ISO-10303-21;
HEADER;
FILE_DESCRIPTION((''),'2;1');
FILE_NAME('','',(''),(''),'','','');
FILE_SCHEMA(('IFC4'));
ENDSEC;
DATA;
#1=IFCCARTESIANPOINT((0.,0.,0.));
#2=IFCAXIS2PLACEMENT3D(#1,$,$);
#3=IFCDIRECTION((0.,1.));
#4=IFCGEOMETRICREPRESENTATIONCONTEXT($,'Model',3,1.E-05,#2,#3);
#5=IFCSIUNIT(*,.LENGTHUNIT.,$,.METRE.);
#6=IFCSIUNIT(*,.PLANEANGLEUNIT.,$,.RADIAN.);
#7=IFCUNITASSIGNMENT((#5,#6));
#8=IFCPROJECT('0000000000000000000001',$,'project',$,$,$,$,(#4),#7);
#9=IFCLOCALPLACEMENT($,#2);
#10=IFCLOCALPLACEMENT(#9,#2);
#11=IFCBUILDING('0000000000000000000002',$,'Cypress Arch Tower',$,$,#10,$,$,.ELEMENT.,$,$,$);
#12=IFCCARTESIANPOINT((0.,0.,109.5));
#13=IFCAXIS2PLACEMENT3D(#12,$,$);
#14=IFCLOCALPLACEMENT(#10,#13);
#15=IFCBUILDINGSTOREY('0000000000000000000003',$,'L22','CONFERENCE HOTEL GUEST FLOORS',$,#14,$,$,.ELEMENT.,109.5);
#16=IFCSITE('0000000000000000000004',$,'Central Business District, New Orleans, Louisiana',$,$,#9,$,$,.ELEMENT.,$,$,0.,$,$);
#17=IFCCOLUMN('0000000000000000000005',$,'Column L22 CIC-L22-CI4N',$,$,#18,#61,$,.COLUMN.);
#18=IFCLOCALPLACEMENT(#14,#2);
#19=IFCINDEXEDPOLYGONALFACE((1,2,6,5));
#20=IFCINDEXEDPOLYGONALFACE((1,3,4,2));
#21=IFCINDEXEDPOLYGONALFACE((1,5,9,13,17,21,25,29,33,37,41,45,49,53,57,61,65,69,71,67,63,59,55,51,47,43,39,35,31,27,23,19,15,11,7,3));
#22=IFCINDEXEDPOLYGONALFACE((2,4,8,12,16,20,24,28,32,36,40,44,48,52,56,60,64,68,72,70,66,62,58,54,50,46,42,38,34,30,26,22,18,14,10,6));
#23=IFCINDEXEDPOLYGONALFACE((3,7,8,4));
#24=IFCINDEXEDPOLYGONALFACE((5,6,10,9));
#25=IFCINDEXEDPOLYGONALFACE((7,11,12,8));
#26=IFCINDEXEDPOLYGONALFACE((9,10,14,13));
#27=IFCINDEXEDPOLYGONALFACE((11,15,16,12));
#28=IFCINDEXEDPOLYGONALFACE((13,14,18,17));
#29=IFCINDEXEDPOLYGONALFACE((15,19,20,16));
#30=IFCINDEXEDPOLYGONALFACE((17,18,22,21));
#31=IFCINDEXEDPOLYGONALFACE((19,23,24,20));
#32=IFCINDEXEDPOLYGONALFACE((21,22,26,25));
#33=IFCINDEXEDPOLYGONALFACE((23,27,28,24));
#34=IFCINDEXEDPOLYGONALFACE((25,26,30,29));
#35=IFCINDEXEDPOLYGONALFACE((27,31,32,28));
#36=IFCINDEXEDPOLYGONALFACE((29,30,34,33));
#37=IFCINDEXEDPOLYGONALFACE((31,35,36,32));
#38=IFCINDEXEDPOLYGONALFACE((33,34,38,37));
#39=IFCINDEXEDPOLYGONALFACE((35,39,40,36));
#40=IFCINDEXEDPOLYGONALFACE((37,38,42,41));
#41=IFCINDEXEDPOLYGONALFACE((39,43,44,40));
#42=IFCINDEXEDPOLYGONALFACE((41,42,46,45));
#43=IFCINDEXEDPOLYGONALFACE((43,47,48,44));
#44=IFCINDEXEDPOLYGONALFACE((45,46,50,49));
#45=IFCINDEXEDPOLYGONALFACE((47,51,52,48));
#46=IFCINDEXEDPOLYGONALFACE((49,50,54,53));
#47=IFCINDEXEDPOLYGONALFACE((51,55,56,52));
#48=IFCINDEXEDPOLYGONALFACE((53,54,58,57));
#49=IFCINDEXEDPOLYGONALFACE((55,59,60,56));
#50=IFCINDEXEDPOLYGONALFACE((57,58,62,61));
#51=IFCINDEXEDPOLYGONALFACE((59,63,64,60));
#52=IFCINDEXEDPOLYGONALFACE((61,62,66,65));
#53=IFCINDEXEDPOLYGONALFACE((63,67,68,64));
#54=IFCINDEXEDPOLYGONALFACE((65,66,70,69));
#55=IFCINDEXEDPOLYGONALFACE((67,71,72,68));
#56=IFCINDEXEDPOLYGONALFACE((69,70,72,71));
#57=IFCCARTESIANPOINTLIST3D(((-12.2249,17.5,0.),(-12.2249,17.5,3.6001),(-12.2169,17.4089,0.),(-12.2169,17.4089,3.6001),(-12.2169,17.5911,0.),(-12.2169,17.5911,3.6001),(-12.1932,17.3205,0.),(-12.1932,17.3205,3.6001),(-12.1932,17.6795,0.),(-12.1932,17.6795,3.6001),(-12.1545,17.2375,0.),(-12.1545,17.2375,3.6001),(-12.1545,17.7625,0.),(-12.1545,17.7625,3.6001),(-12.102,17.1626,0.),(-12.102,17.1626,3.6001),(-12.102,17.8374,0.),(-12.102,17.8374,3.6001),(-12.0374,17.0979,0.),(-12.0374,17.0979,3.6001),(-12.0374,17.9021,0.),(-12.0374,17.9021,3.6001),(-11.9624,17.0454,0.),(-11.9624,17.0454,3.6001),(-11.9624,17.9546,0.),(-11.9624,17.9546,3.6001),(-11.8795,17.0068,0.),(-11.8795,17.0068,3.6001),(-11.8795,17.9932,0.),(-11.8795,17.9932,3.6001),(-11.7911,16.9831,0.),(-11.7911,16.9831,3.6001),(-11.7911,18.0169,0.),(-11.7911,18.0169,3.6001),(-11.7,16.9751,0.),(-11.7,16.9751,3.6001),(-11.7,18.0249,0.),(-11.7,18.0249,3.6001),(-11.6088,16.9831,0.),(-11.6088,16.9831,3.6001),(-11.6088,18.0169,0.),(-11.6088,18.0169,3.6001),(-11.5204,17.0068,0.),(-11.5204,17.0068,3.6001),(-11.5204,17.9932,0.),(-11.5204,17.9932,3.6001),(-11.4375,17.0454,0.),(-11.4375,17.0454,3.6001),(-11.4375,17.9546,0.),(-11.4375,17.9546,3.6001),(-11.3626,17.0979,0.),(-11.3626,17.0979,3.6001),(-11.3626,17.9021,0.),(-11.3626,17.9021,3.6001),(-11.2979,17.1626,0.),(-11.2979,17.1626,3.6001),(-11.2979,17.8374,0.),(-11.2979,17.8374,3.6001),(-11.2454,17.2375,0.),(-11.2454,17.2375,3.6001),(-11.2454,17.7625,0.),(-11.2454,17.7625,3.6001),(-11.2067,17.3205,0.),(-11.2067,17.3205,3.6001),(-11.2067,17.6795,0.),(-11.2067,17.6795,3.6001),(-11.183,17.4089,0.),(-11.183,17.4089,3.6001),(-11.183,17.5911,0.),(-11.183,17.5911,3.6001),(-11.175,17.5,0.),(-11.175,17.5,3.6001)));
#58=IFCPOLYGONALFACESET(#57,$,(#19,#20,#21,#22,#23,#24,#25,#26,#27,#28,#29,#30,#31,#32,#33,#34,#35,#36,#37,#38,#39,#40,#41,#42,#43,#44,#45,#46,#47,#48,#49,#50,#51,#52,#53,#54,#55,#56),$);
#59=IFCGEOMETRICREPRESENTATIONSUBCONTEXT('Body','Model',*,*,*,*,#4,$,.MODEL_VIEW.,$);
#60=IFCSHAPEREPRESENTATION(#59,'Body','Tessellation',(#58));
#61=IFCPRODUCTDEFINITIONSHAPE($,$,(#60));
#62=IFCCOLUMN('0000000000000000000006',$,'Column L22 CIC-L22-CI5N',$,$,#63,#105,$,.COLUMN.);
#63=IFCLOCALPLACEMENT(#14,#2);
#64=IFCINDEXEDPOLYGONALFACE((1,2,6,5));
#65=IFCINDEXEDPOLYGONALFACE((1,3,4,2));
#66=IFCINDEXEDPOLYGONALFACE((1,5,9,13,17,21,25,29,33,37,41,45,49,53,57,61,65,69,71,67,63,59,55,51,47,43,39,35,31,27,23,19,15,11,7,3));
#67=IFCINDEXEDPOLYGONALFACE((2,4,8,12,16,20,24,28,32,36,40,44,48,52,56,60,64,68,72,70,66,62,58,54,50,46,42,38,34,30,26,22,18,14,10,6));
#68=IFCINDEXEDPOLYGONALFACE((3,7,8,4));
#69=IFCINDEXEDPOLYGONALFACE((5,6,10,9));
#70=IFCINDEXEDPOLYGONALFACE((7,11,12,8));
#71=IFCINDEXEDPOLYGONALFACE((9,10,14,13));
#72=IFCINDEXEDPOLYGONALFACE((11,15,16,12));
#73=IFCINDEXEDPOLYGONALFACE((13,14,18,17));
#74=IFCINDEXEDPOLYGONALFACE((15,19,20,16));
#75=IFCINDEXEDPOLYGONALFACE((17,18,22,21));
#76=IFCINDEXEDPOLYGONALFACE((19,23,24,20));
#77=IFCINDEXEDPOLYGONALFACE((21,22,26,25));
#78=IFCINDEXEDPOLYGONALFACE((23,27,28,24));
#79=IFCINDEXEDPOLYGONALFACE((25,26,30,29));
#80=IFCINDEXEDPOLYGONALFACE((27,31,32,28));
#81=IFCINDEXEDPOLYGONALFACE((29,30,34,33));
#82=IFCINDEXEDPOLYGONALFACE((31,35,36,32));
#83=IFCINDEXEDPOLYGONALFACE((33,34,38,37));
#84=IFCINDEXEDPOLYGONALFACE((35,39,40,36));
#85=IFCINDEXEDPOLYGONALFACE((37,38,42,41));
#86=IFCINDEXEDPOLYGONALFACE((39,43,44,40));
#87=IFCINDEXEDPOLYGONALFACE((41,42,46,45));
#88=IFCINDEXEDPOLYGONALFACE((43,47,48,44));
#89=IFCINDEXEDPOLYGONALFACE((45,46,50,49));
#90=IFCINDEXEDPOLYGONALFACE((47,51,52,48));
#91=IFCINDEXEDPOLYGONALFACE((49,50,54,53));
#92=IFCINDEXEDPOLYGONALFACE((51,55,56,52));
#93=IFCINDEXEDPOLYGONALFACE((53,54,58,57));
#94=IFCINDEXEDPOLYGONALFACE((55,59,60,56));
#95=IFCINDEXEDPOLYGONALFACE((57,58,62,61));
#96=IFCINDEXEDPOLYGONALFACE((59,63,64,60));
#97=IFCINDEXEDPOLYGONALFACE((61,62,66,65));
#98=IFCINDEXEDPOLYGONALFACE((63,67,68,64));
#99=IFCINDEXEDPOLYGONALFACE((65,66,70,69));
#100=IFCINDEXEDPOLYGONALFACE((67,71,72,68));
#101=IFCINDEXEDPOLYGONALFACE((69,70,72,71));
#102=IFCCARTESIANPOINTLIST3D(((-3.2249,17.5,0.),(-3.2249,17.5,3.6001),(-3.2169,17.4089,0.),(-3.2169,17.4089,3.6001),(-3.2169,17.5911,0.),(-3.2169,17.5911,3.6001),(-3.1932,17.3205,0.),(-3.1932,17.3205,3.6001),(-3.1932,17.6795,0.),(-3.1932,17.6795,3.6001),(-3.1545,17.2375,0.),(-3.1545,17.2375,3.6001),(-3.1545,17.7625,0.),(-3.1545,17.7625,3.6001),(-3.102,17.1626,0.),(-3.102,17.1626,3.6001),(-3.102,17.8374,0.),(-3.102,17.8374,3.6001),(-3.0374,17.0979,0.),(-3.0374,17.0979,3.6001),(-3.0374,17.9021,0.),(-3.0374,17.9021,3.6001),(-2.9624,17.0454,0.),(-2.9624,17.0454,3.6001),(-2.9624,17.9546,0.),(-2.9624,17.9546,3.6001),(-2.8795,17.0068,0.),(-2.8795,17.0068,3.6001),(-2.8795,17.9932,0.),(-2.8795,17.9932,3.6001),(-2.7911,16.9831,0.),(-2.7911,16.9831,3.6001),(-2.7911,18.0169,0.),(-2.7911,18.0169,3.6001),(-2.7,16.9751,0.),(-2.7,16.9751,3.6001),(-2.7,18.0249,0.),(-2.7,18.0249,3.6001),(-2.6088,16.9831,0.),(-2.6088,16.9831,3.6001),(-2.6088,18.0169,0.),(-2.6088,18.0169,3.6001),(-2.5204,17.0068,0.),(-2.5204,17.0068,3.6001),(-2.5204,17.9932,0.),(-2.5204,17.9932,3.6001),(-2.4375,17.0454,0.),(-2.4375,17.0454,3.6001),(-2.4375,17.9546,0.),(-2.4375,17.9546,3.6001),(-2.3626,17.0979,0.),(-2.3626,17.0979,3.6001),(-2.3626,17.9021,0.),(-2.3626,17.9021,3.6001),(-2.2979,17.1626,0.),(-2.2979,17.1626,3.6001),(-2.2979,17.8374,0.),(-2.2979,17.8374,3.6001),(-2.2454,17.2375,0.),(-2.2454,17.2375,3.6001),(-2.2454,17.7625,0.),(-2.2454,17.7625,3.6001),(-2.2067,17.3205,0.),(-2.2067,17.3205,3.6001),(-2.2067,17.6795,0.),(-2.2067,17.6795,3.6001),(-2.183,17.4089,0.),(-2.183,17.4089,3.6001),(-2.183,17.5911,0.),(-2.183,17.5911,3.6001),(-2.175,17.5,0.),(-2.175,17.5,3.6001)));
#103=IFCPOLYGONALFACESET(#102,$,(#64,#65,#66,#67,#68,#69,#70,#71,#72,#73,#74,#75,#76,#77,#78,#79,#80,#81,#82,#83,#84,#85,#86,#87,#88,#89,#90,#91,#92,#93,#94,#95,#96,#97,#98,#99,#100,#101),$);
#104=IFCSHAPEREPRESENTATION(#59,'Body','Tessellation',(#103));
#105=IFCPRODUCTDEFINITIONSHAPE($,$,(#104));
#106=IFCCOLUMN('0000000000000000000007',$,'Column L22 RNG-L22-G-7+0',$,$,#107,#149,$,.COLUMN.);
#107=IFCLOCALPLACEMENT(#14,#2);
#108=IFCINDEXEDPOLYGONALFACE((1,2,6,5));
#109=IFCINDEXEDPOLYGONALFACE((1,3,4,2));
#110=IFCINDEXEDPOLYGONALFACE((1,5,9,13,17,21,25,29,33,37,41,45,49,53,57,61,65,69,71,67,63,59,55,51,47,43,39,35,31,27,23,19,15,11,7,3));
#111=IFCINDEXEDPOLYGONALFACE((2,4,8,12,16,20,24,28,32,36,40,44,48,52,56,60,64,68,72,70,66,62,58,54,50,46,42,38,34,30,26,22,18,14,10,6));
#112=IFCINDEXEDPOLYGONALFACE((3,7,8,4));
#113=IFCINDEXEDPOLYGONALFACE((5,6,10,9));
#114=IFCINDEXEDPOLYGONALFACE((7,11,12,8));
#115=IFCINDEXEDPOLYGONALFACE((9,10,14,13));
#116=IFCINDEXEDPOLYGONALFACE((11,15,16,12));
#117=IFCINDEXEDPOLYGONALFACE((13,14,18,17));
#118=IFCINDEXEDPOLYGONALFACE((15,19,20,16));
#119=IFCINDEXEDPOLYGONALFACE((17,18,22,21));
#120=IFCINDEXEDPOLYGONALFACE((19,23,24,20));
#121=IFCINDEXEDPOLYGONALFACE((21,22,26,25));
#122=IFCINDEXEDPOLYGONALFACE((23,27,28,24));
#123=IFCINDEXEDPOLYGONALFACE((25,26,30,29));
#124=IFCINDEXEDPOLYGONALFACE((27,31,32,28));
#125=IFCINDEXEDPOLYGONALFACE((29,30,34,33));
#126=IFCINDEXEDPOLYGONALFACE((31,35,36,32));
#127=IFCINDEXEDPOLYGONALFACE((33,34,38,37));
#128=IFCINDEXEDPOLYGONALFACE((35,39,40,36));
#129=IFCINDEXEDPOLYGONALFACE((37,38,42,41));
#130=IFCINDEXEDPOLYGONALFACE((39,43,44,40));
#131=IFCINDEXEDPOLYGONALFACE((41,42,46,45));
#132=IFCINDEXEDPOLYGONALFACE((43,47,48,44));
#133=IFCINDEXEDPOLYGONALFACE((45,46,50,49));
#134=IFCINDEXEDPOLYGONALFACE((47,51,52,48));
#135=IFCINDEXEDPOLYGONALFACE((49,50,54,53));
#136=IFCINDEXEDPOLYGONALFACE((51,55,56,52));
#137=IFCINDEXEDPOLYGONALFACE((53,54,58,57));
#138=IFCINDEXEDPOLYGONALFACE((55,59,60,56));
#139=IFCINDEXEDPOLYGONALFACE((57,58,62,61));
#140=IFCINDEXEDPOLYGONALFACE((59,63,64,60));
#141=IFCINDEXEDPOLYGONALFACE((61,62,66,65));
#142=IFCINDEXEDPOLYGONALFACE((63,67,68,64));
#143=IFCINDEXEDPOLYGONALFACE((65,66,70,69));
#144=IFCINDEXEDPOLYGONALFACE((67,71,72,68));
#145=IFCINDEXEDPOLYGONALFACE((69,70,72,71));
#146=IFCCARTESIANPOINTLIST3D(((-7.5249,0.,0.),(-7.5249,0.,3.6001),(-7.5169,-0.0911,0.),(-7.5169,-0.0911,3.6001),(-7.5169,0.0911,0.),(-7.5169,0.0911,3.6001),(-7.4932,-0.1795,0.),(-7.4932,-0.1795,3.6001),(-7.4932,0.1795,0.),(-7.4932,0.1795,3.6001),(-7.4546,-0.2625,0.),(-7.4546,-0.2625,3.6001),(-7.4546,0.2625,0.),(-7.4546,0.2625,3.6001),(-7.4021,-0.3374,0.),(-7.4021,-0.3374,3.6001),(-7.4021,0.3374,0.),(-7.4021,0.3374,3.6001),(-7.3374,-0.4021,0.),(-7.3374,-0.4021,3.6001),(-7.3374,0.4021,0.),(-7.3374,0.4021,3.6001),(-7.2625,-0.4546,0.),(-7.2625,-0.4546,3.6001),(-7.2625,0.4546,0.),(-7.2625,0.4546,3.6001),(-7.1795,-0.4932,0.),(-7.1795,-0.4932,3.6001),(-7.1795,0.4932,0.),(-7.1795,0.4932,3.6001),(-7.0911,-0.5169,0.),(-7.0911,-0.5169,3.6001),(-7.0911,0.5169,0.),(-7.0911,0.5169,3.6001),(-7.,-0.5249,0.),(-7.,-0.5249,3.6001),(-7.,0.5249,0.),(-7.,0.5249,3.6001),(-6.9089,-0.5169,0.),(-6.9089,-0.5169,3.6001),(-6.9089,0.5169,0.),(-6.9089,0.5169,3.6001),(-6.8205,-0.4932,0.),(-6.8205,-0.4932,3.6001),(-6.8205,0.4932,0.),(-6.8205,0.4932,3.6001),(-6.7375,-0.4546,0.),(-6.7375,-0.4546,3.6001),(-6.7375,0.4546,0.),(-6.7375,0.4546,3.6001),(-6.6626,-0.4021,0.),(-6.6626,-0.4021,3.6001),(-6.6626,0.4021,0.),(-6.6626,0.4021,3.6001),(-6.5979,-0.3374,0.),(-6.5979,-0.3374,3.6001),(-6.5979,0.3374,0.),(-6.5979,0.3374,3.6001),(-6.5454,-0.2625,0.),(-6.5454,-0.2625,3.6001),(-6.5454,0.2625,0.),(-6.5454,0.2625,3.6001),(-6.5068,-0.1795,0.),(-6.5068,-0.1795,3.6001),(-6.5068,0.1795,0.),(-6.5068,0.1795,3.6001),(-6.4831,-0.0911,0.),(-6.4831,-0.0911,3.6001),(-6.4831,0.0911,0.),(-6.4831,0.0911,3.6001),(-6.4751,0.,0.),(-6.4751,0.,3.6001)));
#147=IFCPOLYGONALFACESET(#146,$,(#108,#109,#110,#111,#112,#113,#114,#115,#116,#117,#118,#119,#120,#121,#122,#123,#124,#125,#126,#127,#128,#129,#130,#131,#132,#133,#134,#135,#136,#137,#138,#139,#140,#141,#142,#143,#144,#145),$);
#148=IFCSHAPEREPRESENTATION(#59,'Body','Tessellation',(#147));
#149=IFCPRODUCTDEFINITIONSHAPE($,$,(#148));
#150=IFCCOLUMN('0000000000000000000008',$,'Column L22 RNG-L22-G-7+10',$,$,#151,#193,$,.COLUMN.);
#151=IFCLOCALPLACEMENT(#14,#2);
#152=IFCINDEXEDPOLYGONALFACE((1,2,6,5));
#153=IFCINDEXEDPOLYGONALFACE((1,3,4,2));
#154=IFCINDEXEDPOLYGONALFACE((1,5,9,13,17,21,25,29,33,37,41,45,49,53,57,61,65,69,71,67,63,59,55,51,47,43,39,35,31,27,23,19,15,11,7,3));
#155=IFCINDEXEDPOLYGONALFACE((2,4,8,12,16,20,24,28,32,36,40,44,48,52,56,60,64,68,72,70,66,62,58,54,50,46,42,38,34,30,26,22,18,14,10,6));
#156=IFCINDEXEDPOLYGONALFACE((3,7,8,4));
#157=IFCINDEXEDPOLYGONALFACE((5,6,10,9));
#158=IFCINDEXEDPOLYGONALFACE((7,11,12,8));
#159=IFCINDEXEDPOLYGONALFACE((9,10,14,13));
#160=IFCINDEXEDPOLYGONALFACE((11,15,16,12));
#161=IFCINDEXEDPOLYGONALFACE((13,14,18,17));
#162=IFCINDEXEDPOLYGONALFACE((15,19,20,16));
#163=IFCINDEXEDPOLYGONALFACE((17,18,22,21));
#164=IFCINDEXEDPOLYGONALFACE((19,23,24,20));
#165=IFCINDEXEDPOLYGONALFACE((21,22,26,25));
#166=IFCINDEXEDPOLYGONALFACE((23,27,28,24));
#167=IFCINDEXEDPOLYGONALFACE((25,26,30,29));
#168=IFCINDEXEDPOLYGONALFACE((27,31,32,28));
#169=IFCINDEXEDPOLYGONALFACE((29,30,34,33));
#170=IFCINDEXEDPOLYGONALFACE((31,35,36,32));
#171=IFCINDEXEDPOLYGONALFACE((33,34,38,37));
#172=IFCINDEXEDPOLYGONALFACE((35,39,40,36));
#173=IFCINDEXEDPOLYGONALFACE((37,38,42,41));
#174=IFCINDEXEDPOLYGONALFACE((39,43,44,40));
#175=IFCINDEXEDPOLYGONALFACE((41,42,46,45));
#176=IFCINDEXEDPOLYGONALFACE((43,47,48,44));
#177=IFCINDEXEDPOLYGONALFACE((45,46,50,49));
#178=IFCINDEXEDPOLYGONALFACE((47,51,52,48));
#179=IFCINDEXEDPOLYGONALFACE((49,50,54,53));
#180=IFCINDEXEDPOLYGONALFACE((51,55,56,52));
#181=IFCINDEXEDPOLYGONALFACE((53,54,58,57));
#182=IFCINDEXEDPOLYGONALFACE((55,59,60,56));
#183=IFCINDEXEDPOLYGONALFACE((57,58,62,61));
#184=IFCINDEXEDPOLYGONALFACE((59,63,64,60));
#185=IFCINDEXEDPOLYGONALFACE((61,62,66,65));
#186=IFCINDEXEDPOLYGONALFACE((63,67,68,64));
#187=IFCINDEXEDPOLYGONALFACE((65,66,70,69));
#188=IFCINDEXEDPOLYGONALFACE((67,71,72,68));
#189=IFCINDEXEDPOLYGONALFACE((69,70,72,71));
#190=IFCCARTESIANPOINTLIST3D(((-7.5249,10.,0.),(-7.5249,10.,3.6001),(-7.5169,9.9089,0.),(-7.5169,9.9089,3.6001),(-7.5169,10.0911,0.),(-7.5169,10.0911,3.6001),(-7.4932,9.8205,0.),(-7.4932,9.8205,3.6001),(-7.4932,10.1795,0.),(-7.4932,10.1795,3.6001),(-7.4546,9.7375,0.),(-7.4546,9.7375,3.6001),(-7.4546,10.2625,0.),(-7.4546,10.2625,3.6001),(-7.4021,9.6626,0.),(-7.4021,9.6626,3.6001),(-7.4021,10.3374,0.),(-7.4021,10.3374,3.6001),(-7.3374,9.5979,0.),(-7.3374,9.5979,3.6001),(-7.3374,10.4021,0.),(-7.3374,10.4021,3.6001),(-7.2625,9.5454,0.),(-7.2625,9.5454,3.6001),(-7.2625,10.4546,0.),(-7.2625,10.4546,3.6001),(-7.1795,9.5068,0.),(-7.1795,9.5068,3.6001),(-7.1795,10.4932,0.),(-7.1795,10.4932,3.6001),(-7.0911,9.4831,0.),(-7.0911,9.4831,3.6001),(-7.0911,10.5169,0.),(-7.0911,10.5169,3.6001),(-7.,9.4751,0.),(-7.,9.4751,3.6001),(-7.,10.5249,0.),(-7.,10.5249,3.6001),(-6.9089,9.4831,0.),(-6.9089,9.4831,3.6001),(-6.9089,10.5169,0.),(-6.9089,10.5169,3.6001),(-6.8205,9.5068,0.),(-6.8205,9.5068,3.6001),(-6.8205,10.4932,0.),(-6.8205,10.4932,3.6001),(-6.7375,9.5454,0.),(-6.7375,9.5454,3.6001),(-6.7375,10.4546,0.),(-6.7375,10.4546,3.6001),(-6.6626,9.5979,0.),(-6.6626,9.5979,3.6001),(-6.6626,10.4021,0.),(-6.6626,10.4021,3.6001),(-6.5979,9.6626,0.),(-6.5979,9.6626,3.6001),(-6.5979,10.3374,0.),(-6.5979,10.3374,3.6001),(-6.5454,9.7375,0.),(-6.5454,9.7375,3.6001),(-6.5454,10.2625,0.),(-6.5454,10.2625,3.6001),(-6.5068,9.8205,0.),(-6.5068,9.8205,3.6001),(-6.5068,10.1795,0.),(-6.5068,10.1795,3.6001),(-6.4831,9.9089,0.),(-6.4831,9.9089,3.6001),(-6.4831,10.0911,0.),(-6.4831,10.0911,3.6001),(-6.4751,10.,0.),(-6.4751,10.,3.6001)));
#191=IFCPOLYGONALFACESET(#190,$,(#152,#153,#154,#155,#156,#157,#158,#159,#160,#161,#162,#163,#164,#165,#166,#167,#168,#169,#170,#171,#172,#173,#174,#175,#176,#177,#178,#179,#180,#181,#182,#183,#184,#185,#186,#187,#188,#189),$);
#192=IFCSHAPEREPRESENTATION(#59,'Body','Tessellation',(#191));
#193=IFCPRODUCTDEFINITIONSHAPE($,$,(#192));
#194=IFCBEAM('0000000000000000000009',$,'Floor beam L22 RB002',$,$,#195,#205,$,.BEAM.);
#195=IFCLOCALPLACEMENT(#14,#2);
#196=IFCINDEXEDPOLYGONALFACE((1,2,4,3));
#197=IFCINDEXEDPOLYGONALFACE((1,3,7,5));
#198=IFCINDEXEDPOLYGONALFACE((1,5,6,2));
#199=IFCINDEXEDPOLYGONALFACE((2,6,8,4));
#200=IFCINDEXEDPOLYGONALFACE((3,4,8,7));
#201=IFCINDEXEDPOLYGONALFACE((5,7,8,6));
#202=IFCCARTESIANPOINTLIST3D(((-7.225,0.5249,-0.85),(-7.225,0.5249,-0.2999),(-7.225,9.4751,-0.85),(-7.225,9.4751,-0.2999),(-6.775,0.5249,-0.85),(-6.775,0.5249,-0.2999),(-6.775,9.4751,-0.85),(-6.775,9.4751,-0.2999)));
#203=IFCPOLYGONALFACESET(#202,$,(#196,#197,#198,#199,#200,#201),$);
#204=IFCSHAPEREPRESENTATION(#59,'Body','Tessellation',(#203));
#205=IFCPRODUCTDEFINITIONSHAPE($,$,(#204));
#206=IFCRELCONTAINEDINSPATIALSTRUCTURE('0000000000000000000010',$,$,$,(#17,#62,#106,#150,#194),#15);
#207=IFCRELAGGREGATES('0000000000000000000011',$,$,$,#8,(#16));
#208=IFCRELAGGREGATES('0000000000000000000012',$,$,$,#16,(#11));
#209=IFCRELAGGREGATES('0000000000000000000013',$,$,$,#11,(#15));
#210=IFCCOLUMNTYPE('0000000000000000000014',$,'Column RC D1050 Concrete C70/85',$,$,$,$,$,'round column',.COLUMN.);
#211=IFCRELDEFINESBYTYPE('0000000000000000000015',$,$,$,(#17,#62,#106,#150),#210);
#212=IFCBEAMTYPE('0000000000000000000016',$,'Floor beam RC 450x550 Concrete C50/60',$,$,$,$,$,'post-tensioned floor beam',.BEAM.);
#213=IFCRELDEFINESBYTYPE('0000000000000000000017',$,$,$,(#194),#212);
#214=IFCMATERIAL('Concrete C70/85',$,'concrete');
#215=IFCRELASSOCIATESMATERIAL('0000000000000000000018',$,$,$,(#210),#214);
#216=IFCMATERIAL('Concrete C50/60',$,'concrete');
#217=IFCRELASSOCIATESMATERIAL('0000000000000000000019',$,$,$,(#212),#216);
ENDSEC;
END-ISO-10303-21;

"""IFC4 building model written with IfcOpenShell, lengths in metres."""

from ifc_helpers import new_model, si_unit, direction, frame, origin, origin_2d, place, context, subcontext, project, spatial, rectangle, circle, extrude, material, material_profile, profile_set, type_object, element, save


model = new_model("IFC4")

# Units and contexts
model_context = context("Model", 3, precision=1e-05, world=origin(), true_north=direction((0.0, 1.0)))
body_context = subcontext(model_context, "Body", "Model", "MODEL_VIEW")
ifc_project = project(units=[si_unit("LENGTHUNIT", "METRE"), si_unit("PLANEANGLEUNIT", "RADIAN")], contexts=[model_context])

# Site, building, storey
site_placement = place(None, origin())
site = spatial("IfcSite", under=ifc_project, at=site_placement, Name="Central Business District, New Orleans, Louisiana", CompositionType="ELEMENT", RefElevation=0.0)
building_placement = place(site_placement, origin())
building = spatial("IfcBuilding", under=site, at=building_placement, Name="Cypress Arch Tower", CompositionType="ELEMENT")
storey_placement = place(building_placement, frame((0.0, 0.0, 109.5)))
storey = spatial("IfcBuildingStorey", under=building, at=storey_placement, Name="L22", Description="CONFERENCE HOTEL GUEST FLOORS", CompositionType="ELEMENT", Elevation=109.5)

# Columns
ifc_material_1 = material(Name="Concrete C70/85", Category="concrete")
ifc_material_profile_1 = material_profile(ifc_material_1, circle(Radius=0.5249, at=origin_2d()), Name="RC D1050")
ifc_profile_set_1 = profile_set([ifc_material_profile_1], Name="Concrete C70/85")
column_type = type_object("IfcColumnType", Name="Column RC D1050 Concrete C70/85", ElementType="round column", PredefinedType="COLUMN", material=ifc_profile_set_1)
for number, where, z_axis, x_axis, name in (
    (1, (-11.7, 17.5, 0.0), (0.0, 0.0, 1.0), (1.0, 0.0, 0.0), "Column L22 CIC-L22-CI4N"),
    (2, (-2.7, 17.5, 0.0), (0.0, 0.0, 1.0), (1.0, 0.0, 0.0), "Column L22 CIC-L22-CI5N"),
    (3, (-7.0, 0.0, 0.0), (0.0, 0.0, 1.0), (1.0, 0.0, 0.0), "Column L22 RNG-L22-G-7+0"),
    (4, (-7.0, 10.0, 0.0), (0.0, 0.0, 1.0), (1.0, 0.0, 0.0), "Column L22 RNG-L22-G-7+10"),
):
    element("IfcColumn", number, at=place(storey_placement, frame(where, z_axis=z_axis, x_axis=x_axis)), inside=storey, type_object=column_type, Name=name, PredefinedType="COLUMN", context=body_context, shape_type="SweptSolid", body=[
        extrude(circle(Radius=0.5249, at=origin_2d()), origin(), (0.0, 0.0, 1.0), 3.6001),
    ])

# Beam
ifc_material_2 = material(Name="Concrete C50/60", Category="concrete")
ifc_material_profile_2 = material_profile(ifc_material_2, rectangle(XDim=0.45, YDim=0.55, at=origin_2d()), Name="RC 450x550")
ifc_profile_set_2 = profile_set([ifc_material_profile_2], Name="Concrete C50/60")
beam_type_1 = type_object("IfcBeamType", Name="Floor beam RC 450x550 Concrete C50/60", ElementType="post-tensioned floor beam", PredefinedType="BEAM", material=ifc_profile_set_2)
beam_1_placement = place(storey_placement, frame((-7.0, 0.5249, -0.575), z_axis=(0.0, 1.0, 0.0), x_axis=(-1.0, 0.0, 0.0)))
element("IfcBeam", 5, at=beam_1_placement, inside=storey, type_object=beam_type_1, Name="Floor beam L22 RB002", PredefinedType="BEAM", context=body_context, shape_type="SweptSolid", body=[
    extrude(rectangle(XDim=0.45, YDim=0.55, at=origin_2d()), origin(), (0.0, 0.0, 1.0), 8.9502),
])

save(model, "model.ifc")
